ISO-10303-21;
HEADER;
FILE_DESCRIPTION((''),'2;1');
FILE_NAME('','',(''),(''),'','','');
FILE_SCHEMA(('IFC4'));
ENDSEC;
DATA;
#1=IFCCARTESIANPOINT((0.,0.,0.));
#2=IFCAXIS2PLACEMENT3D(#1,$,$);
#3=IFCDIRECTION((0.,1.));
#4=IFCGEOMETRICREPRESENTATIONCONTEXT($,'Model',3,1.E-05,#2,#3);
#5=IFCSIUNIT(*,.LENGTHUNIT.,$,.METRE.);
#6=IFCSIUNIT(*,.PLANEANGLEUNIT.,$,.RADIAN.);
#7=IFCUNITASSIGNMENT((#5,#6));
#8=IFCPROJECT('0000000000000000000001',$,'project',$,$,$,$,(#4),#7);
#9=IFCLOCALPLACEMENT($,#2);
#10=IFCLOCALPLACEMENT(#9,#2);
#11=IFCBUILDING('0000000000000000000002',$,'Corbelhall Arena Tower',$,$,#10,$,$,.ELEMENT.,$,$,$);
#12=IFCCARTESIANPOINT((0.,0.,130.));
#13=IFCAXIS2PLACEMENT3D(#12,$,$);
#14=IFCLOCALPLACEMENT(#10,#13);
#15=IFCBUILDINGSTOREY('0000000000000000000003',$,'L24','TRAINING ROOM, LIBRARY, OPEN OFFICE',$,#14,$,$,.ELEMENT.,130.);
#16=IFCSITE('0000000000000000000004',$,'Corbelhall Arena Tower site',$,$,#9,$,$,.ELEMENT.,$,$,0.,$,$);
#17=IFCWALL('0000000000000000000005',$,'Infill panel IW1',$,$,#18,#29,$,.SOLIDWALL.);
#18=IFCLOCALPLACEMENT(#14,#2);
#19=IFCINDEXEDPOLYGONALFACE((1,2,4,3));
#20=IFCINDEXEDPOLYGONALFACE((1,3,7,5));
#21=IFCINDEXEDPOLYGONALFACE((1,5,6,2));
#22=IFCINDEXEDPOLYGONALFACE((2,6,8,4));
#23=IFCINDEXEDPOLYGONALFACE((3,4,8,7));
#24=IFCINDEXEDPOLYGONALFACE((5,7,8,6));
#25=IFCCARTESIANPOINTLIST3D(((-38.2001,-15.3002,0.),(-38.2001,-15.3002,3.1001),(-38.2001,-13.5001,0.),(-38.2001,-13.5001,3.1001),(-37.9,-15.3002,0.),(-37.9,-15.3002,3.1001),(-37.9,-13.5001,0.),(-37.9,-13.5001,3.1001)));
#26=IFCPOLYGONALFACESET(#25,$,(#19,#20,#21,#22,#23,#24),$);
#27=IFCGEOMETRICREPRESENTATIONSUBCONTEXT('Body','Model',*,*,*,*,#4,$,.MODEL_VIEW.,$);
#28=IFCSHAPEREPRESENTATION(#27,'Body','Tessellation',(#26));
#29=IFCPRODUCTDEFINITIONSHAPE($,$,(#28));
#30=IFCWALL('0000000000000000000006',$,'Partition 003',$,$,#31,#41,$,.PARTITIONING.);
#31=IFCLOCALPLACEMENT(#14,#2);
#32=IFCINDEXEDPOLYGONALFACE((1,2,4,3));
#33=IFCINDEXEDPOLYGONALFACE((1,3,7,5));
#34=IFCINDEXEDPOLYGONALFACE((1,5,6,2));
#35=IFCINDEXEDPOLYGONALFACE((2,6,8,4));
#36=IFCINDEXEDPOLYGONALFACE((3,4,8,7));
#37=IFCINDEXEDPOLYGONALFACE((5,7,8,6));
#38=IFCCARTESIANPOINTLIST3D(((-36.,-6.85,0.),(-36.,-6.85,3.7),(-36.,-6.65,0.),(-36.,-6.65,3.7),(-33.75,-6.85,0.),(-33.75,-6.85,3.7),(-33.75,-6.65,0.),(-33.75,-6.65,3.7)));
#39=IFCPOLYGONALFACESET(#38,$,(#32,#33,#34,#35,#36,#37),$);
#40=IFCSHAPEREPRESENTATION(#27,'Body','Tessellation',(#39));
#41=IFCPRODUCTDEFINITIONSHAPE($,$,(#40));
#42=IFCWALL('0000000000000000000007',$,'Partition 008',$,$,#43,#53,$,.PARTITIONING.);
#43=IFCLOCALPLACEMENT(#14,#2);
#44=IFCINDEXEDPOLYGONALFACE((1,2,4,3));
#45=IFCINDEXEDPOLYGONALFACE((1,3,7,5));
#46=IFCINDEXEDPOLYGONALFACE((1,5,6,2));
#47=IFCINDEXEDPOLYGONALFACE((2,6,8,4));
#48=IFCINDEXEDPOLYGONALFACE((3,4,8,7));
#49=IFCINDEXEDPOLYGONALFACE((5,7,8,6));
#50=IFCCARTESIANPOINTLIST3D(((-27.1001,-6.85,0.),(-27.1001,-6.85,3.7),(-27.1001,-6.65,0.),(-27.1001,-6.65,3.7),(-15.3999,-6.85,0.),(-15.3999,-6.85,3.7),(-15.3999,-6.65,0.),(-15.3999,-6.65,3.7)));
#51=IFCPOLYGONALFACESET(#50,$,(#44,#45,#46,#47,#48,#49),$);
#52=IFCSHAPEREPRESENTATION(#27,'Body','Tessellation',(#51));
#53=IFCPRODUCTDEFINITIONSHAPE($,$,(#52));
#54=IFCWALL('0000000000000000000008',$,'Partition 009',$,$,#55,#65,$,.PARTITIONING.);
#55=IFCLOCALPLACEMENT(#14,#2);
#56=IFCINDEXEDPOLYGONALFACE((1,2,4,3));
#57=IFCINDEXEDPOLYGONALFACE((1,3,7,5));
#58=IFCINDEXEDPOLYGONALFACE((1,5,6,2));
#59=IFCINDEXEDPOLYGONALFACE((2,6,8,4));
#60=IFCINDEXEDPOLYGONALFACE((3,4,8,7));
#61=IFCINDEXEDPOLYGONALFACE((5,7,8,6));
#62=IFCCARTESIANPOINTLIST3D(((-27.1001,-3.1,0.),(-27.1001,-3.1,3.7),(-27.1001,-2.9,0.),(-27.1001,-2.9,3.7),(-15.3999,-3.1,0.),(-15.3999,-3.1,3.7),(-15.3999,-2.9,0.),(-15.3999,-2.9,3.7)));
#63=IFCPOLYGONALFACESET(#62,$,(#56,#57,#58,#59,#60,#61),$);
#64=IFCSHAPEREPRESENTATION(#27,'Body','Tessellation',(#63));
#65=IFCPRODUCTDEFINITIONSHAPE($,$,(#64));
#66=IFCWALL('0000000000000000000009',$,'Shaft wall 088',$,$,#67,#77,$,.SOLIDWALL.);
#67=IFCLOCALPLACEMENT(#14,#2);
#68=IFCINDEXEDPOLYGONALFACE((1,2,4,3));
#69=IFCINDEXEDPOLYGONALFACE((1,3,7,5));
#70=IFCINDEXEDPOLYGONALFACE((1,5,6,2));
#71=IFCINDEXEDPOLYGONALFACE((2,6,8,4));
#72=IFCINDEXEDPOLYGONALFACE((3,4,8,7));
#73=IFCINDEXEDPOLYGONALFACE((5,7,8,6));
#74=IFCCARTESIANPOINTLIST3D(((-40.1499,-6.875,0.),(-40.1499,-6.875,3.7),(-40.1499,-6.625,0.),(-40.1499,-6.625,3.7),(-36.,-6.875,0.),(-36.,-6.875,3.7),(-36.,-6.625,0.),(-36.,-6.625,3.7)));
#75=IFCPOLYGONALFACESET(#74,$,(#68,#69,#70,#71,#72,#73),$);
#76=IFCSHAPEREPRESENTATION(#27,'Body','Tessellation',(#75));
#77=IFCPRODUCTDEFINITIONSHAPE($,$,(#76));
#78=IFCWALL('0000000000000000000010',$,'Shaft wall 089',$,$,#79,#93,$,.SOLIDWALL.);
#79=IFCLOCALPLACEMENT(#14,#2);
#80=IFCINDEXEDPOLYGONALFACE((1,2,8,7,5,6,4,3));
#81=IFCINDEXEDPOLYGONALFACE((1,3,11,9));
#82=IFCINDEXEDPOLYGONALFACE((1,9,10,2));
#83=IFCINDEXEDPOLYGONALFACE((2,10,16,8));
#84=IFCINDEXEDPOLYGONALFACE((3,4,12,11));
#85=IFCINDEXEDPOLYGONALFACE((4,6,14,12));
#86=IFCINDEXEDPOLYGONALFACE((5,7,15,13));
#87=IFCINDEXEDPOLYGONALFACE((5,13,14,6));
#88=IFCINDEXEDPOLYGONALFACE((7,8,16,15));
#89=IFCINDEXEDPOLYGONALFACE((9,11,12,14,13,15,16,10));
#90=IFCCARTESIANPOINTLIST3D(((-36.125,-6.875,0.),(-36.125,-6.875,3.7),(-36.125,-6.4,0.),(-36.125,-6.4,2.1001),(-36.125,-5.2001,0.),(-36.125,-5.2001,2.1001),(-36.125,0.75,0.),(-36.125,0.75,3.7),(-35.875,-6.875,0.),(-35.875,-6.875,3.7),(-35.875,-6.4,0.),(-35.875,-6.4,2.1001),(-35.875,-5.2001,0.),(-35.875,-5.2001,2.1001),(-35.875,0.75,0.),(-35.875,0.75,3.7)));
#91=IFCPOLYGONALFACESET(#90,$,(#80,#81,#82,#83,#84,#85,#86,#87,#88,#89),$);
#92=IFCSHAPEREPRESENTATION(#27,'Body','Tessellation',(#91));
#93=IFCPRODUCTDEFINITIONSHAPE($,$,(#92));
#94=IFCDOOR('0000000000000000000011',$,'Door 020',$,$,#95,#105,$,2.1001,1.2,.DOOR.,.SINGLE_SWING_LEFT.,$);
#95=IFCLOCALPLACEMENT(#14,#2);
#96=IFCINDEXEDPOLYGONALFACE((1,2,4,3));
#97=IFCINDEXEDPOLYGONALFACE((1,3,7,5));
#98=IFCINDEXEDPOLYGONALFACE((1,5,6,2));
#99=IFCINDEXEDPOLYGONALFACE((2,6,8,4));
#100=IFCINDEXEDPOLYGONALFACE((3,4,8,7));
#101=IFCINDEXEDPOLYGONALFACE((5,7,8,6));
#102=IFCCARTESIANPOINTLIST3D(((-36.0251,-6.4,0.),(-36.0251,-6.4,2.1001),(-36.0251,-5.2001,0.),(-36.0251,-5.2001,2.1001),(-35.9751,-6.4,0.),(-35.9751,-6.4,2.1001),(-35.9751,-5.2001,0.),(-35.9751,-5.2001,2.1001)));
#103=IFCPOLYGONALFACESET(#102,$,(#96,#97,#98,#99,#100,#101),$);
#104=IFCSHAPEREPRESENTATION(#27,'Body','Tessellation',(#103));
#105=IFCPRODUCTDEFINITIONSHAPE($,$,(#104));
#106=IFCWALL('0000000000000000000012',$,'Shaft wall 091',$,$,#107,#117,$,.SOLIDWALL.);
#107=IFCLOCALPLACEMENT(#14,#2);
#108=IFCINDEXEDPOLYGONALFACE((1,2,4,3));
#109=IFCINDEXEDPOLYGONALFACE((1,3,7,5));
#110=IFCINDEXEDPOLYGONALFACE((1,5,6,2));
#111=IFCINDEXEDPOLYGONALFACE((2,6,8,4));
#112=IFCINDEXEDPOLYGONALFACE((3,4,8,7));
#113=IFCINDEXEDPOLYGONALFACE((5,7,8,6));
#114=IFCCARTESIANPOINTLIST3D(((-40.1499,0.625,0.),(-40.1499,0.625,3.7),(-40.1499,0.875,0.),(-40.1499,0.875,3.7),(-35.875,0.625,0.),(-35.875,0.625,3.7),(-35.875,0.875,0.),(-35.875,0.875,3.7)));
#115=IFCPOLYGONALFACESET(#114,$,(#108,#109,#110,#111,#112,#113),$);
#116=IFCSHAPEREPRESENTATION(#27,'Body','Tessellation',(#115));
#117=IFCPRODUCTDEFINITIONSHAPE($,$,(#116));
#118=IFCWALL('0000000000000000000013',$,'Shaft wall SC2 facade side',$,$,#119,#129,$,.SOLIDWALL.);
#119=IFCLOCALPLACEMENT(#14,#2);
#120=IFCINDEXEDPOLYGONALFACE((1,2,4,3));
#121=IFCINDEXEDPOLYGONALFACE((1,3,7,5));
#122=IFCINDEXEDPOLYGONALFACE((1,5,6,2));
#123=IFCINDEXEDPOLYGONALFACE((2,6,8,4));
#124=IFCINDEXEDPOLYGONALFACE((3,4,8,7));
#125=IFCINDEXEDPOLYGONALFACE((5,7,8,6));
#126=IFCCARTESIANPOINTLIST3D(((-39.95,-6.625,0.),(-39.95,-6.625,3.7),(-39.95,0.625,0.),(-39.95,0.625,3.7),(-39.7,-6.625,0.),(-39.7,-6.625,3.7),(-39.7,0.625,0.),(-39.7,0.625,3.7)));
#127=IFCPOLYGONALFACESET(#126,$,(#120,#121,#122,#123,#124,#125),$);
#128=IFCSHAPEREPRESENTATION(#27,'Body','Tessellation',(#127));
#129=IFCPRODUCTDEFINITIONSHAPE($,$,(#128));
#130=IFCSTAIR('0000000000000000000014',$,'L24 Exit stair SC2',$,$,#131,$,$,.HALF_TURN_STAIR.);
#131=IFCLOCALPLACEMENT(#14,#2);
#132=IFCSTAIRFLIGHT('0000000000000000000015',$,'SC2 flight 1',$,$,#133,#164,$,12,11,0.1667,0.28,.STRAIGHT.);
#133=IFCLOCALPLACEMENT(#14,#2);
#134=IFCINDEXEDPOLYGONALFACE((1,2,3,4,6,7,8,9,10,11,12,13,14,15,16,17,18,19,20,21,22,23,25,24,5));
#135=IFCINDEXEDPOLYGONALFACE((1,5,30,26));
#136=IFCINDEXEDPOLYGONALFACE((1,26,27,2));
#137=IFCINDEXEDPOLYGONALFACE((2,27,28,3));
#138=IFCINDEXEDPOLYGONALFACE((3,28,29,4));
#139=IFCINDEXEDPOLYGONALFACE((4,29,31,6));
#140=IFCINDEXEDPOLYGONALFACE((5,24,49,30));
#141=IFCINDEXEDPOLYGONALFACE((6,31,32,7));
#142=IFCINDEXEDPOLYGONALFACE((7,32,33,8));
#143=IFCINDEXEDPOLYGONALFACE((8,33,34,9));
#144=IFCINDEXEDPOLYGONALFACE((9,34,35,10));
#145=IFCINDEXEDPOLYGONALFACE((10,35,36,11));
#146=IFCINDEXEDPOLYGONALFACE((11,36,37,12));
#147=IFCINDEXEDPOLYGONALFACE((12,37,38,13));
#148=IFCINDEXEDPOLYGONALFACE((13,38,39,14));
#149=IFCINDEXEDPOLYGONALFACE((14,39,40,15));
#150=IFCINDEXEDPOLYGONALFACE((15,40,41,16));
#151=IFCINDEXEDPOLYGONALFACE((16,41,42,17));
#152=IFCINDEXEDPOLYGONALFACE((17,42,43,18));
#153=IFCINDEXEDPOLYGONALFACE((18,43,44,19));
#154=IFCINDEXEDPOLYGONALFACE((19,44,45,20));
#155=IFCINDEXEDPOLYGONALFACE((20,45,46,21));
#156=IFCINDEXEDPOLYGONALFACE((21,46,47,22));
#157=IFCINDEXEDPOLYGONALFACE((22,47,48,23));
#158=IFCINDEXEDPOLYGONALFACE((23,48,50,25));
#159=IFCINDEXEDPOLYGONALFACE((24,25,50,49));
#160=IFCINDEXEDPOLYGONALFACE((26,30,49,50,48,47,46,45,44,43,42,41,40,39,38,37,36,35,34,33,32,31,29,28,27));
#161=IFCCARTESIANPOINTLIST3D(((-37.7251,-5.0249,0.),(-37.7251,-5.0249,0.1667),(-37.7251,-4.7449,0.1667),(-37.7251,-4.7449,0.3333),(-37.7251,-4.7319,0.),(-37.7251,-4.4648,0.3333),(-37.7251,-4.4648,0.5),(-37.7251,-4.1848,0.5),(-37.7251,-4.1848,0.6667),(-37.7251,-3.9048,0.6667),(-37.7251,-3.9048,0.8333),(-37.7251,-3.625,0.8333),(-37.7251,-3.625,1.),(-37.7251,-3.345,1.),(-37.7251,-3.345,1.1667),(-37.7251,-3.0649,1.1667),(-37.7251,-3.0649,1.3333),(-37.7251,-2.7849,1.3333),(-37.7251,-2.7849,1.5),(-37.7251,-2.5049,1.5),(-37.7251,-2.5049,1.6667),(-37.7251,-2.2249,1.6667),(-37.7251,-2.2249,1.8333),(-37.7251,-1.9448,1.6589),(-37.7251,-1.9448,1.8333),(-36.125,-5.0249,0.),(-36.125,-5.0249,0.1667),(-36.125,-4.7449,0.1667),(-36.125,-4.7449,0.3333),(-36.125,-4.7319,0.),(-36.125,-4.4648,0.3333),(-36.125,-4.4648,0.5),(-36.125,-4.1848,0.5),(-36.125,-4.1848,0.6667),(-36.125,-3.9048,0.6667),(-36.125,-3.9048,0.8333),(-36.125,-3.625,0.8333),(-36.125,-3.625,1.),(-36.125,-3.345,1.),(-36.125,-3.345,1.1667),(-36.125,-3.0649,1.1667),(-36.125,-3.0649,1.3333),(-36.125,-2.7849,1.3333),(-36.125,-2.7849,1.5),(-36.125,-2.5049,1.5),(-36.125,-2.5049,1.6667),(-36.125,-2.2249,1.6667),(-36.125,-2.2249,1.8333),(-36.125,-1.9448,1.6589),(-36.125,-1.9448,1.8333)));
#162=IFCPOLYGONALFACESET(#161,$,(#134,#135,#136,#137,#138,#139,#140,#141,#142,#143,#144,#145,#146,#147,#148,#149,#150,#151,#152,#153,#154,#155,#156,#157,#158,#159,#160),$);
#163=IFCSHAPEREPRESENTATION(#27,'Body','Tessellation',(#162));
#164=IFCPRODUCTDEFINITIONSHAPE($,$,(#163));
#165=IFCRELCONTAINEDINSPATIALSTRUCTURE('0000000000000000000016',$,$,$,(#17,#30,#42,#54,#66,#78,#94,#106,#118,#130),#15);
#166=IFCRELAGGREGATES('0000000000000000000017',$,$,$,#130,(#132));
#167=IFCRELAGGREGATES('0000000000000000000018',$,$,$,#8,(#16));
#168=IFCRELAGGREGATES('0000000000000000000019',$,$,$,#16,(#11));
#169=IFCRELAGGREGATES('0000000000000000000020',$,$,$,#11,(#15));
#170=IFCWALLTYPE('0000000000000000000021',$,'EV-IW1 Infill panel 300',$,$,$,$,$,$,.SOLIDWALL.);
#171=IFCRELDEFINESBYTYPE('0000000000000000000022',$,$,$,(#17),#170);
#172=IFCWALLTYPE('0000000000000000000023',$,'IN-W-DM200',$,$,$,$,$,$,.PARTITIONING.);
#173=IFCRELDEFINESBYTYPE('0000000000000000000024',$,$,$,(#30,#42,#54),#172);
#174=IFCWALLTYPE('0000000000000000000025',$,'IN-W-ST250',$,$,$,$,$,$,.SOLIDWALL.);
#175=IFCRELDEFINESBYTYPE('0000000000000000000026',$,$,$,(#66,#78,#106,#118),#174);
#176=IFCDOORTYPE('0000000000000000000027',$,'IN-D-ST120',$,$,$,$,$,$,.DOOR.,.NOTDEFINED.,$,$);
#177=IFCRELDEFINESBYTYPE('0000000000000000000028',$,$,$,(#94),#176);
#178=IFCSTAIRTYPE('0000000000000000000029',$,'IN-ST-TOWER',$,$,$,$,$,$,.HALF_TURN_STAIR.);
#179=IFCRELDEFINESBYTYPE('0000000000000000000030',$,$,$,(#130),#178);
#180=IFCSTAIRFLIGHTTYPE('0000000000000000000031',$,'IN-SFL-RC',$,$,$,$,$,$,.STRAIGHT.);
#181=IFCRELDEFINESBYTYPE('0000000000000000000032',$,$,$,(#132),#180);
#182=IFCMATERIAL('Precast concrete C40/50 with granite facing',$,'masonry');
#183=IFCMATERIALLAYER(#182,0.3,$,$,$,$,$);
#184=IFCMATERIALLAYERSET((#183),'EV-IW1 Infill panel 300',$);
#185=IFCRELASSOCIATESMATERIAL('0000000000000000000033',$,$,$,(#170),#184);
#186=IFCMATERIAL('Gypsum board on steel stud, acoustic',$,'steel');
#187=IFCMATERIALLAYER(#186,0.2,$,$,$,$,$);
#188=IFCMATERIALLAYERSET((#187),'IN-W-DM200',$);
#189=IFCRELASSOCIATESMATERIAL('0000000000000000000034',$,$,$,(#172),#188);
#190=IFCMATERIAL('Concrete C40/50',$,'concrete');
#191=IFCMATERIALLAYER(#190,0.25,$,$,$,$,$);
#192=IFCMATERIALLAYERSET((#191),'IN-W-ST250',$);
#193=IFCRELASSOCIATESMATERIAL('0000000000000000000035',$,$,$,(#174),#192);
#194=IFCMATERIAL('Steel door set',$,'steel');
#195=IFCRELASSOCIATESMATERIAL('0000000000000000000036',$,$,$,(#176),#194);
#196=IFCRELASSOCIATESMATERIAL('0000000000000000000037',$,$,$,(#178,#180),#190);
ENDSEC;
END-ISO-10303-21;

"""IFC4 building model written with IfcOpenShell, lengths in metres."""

from ifc_helpers import new_model, si_unit, direction, frame, frame_2d, origin, place, context, subcontext, project, spatial, polyline, rectangle, outline, extrude, material, layer, layer_set, type_object, element, fill, aggregate, save


model = new_model("IFC4")

# Units and contexts
model_context = context("Model", 3, precision=1e-05, world=origin(), true_north=direction((0.0, 1.0)))
body_context = subcontext(model_context, "Body", "Model", "MODEL_VIEW")
ifc_project = project(units=[si_unit("LENGTHUNIT", "METRE"), si_unit("PLANEANGLEUNIT", "RADIAN")], contexts=[model_context])

# Site, building, storey
site_placement = place(None, origin())
site = spatial("IfcSite", under=ifc_project, at=site_placement, Name="Corbelhall Arena Tower site", CompositionType="ELEMENT", RefElevation=0.0)
building_placement = place(site_placement, origin())
building = spatial("IfcBuilding", under=site, at=building_placement, Name="Corbelhall Arena Tower", CompositionType="ELEMENT")
storey_placement = place(building_placement, frame((0.0, 0.0, 130.0)))
storey = spatial("IfcBuildingStorey", under=building, at=storey_placement, Name="L24", Description="TRAINING ROOM, LIBRARY, OPEN OFFICE", CompositionType="ELEMENT", Elevation=130.0)

# Wall
ifc_material_1 = material(Name="Precast concrete C40/50 with granite facing", Category="masonry")
ifc_layer_1 = layer(ifc_material_1, 0.3)
ifc_layer_set_1 = layer_set([ifc_layer_1], Name="EV-IW1 Infill panel 300")
wall_type_1 = type_object("IfcWallType", Name="EV-IW1 Infill panel 300", PredefinedType="SOLIDWALL", material=ifc_layer_set_1)
wall_1_placement = place(storey_placement, frame((-38.05, -15.3, 0.0), z_axis=(0.0, 0.0, 1.0), x_axis=(0.0, 1.0, 0.0)))
element("IfcWall", 1, at=wall_1_placement, inside=storey, type_object=wall_type_1, Name="Infill panel IW1", PredefinedType="SOLIDWALL", context=body_context, shape_type="SweptSolid", body=[
    extrude(rectangle(XDim=1.8, YDim=0.3, at=frame_2d((0.8999, 0.0))), origin(), (0.0, 0.0, 1.0), 3.1001),
])

# Walls
ifc_material_2 = material(Name="Gypsum board on steel stud, acoustic", Category="steel")
ifc_layer_2 = layer(ifc_material_2, 0.2)
ifc_layer_set_2 = layer_set([ifc_layer_2], Name="IN-W-DM200")
wall_type_2 = type_object("IfcWallType", Name="IN-W-DM200", PredefinedType="PARTITIONING", material=ifc_layer_set_2)
wall_2_placement = place(storey_placement, frame((-33.75, -6.75, 0.0), z_axis=(0.0, 0.0, 1.0), x_axis=(-1.0, 0.0, 0.0)))
element("IfcWall", 2, at=wall_2_placement, inside=storey, type_object=wall_type_2, Name="Partition 003", PredefinedType="PARTITIONING", context=body_context, shape_type="SweptSolid", body=[
    extrude(rectangle(XDim=2.25, YDim=0.2, at=frame_2d((1.125, 0.0))), origin(), (0.0, 0.0, 1.0), 3.7),
])
for number, where, z_axis, x_axis, name in (
    (3, (-27.1001, -6.75, 0.0), (0.0, 0.0, 1.0), (1.0, 0.0, 0.0), "Partition 008"),
    (4, (-27.1001, -3.0, 0.0), (0.0, 0.0, 1.0), (1.0, 0.0, 0.0), "Partition 009"),
):
    element("IfcWall", number, at=place(storey_placement, frame(where, z_axis=z_axis, x_axis=x_axis)), inside=storey, type_object=wall_type_2, Name=name, PredefinedType="PARTITIONING", context=body_context, shape_type="SweptSolid", body=[
        extrude(rectangle(XDim=11.7002, YDim=0.2, at=frame_2d((5.8501, 0.0))), origin(), (0.0, 0.0, 1.0), 3.7),
    ])
ifc_material_3 = material(Name="Concrete C40/50", Category="concrete")
ifc_layer_3 = layer(ifc_material_3, 0.25)
ifc_layer_set_3 = layer_set([ifc_layer_3], Name="IN-W-ST250")
wall_type_3 = type_object("IfcWallType", Name="IN-W-ST250", PredefinedType="SOLIDWALL", material=ifc_layer_set_3)
wall_3_placement = place(storey_placement, frame((-36.0, -6.75, 0.0), z_axis=(0.0, 0.0, 1.0), x_axis=(-1.0, 0.0, 0.0)))
element("IfcWall", 5, at=wall_3_placement, inside=storey, type_object=wall_type_3, Name="Shaft wall 088", PredefinedType="SOLIDWALL", context=body_context, shape_type="SweptSolid", body=[
    extrude(rectangle(XDim=4.1499, YDim=0.25, at=frame_2d((2.075, 0.0))), origin(), (0.0, 0.0, 1.0), 3.7),
])

# Wall, opening, door
wall_4_placement = place(storey_placement, frame((-36.0, 0.75, 0.0), z_axis=(0.0, 0.0, 1.0), x_axis=(0.0, -1.0, 0.0)))
wall_4 = element("IfcWall", 6, at=wall_4_placement, inside=storey, type_object=wall_type_3, Name="Shaft wall 089", PredefinedType="SOLIDWALL", context=body_context, shape_type="SweptSolid", body=[
    extrude(rectangle(XDim=7.625, YDim=0.25, at=frame_2d((3.8125, 0.0))), origin(), (0.0, 0.0, 1.0), 3.7),
])
opening_1_placement = place(wall_4_placement, frame((5.95, 0.0, 0.0)))
opening_1 = element("IfcOpeningElement", 7, at=opening_1_placement, cuts=wall_4, PredefinedType="OPENING", context=body_context, shape_type="SweptSolid", body=[
    extrude(rectangle(XDim=1.2, YDim=2.1001, at=frame_2d((0.6001, 1.05))), frame((0.0, 0.125, 0.0), z_axis=(0.0, -1.0, 0.0), x_axis=(1.0, 0.0, 0.0)), (0.0, 0.0, 1.0), 0.25),
])
ifc_material_4 = material(Name="Steel door set", Category="steel")
door_type = type_object("IfcDoorType", Name="IN-D-ST120", OperationType="NOTDEFINED", PredefinedType="DOOR", material=ifc_material_4)
door_placement = place(opening_1_placement, origin())
door = element("IfcDoor", 8, at=door_placement, inside=storey, type_object=door_type, Name="Door 020", OperationType="SINGLE_SWING_LEFT", OverallHeight=2.1001, OverallWidth=1.2, PredefinedType="DOOR", context=body_context, shape_type="SweptSolid", body=[
    extrude(rectangle(XDim=1.2, YDim=2.1001, at=frame_2d((0.6001, 1.05))), frame((0.0, 0.0249, 0.0), z_axis=(0.0, -1.0, 0.0), x_axis=(1.0, 0.0, 0.0)), (0.0, 0.0, 1.0), 0.05),
])
fill(opening_1, door)

# Walls
wall_5_placement = place(storey_placement, frame((-35.875, 0.75, 0.0), z_axis=(0.0, 0.0, 1.0), x_axis=(-1.0, 0.0, 0.0)))
element("IfcWall", 9, at=wall_5_placement, inside=storey, type_object=wall_type_3, Name="Shaft wall 091", PredefinedType="SOLIDWALL", context=body_context, shape_type="SweptSolid", body=[
    extrude(rectangle(XDim=4.2749, YDim=0.25, at=frame_2d((2.1375, 0.0))), origin(), (0.0, 0.0, 1.0), 3.7),
])
wall_6_placement = place(storey_placement, frame((-39.825, -6.625, 0.0), z_axis=(0.0, 0.0, 1.0), x_axis=(0.0, 1.0, 0.0)))
element("IfcWall", 10, at=wall_6_placement, inside=storey, type_object=wall_type_3, Name="Shaft wall SC2 facade side", PredefinedType="SOLIDWALL", context=body_context, shape_type="SweptSolid", body=[
    extrude(rectangle(XDim=7.25, YDim=0.25, at=frame_2d((3.625, 0.0))), origin(), (0.0, 0.0, 1.0), 3.7),
])

# Stair, stair flight
stair_type = type_object("IfcStairType", Name="IN-ST-TOWER", PredefinedType="HALF_TURN_STAIR", material=ifc_material_3)
stair_placement = place(storey_placement, origin())
stair = element("IfcStair", 11, at=stair_placement, inside=storey, type_object=stair_type, Name="L24 Exit stair SC2", PredefinedType="HALF_TURN_STAIR")
stair_flight_type = type_object("IfcStairFlightType", Name="IN-SFL-RC", PredefinedType="STRAIGHT", material=ifc_material_3)
stair_flight_1_placement = place(storey_placement, frame((-36.925, -5.0249, 0.0), z_axis=(0.0, 0.0, 1.0), x_axis=(0.0, 1.0, 0.0)))
stair_flight_1 = element("IfcStairFlight", 12, at=stair_flight_1_placement, type_object=stair_flight_type, Name="SC2 flight 1", NumberOfRisers=12, NumberOfTreads=11, PredefinedType="STRAIGHT", RiserHeight=0.1667, TreadLength=0.28, context=body_context, shape_type="SweptSolid", body=[
    extrude(outline(polyline([(0.0, 0.0), (0.0, 0.1667), (0.28, 0.1667), (0.28, 0.3333), (0.5601, 0.3333), (0.5601, 0.5), (0.8401, 0.5), (0.8401, 0.6667), (1.1201, 0.6667), (1.1201, 0.8333), (1.3999, 0.8333), (1.3999, 1.0), (1.6799, 1.0), (1.6799, 1.1667), (1.96, 1.1667), (1.96, 1.3333), (2.24, 1.3333), (2.24, 1.5), (2.52, 1.5), (2.52, 1.6667), (2.8, 1.6667), (2.8, 1.8333), (3.0801, 1.8333), (3.0801, 2.0), (3.0801, 1.6589), (0.293, 0.0), (0.0, 0.0)])), frame((0.0, 0.8, 0.0), z_axis=(0.0, -1.0, 0.0), x_axis=(1.0, 0.0, 0.0)), (0.0, 0.0, 1.0), 1.6001),
])
aggregate(stair, [stair_flight_1])

save(model, "model.ifc")
